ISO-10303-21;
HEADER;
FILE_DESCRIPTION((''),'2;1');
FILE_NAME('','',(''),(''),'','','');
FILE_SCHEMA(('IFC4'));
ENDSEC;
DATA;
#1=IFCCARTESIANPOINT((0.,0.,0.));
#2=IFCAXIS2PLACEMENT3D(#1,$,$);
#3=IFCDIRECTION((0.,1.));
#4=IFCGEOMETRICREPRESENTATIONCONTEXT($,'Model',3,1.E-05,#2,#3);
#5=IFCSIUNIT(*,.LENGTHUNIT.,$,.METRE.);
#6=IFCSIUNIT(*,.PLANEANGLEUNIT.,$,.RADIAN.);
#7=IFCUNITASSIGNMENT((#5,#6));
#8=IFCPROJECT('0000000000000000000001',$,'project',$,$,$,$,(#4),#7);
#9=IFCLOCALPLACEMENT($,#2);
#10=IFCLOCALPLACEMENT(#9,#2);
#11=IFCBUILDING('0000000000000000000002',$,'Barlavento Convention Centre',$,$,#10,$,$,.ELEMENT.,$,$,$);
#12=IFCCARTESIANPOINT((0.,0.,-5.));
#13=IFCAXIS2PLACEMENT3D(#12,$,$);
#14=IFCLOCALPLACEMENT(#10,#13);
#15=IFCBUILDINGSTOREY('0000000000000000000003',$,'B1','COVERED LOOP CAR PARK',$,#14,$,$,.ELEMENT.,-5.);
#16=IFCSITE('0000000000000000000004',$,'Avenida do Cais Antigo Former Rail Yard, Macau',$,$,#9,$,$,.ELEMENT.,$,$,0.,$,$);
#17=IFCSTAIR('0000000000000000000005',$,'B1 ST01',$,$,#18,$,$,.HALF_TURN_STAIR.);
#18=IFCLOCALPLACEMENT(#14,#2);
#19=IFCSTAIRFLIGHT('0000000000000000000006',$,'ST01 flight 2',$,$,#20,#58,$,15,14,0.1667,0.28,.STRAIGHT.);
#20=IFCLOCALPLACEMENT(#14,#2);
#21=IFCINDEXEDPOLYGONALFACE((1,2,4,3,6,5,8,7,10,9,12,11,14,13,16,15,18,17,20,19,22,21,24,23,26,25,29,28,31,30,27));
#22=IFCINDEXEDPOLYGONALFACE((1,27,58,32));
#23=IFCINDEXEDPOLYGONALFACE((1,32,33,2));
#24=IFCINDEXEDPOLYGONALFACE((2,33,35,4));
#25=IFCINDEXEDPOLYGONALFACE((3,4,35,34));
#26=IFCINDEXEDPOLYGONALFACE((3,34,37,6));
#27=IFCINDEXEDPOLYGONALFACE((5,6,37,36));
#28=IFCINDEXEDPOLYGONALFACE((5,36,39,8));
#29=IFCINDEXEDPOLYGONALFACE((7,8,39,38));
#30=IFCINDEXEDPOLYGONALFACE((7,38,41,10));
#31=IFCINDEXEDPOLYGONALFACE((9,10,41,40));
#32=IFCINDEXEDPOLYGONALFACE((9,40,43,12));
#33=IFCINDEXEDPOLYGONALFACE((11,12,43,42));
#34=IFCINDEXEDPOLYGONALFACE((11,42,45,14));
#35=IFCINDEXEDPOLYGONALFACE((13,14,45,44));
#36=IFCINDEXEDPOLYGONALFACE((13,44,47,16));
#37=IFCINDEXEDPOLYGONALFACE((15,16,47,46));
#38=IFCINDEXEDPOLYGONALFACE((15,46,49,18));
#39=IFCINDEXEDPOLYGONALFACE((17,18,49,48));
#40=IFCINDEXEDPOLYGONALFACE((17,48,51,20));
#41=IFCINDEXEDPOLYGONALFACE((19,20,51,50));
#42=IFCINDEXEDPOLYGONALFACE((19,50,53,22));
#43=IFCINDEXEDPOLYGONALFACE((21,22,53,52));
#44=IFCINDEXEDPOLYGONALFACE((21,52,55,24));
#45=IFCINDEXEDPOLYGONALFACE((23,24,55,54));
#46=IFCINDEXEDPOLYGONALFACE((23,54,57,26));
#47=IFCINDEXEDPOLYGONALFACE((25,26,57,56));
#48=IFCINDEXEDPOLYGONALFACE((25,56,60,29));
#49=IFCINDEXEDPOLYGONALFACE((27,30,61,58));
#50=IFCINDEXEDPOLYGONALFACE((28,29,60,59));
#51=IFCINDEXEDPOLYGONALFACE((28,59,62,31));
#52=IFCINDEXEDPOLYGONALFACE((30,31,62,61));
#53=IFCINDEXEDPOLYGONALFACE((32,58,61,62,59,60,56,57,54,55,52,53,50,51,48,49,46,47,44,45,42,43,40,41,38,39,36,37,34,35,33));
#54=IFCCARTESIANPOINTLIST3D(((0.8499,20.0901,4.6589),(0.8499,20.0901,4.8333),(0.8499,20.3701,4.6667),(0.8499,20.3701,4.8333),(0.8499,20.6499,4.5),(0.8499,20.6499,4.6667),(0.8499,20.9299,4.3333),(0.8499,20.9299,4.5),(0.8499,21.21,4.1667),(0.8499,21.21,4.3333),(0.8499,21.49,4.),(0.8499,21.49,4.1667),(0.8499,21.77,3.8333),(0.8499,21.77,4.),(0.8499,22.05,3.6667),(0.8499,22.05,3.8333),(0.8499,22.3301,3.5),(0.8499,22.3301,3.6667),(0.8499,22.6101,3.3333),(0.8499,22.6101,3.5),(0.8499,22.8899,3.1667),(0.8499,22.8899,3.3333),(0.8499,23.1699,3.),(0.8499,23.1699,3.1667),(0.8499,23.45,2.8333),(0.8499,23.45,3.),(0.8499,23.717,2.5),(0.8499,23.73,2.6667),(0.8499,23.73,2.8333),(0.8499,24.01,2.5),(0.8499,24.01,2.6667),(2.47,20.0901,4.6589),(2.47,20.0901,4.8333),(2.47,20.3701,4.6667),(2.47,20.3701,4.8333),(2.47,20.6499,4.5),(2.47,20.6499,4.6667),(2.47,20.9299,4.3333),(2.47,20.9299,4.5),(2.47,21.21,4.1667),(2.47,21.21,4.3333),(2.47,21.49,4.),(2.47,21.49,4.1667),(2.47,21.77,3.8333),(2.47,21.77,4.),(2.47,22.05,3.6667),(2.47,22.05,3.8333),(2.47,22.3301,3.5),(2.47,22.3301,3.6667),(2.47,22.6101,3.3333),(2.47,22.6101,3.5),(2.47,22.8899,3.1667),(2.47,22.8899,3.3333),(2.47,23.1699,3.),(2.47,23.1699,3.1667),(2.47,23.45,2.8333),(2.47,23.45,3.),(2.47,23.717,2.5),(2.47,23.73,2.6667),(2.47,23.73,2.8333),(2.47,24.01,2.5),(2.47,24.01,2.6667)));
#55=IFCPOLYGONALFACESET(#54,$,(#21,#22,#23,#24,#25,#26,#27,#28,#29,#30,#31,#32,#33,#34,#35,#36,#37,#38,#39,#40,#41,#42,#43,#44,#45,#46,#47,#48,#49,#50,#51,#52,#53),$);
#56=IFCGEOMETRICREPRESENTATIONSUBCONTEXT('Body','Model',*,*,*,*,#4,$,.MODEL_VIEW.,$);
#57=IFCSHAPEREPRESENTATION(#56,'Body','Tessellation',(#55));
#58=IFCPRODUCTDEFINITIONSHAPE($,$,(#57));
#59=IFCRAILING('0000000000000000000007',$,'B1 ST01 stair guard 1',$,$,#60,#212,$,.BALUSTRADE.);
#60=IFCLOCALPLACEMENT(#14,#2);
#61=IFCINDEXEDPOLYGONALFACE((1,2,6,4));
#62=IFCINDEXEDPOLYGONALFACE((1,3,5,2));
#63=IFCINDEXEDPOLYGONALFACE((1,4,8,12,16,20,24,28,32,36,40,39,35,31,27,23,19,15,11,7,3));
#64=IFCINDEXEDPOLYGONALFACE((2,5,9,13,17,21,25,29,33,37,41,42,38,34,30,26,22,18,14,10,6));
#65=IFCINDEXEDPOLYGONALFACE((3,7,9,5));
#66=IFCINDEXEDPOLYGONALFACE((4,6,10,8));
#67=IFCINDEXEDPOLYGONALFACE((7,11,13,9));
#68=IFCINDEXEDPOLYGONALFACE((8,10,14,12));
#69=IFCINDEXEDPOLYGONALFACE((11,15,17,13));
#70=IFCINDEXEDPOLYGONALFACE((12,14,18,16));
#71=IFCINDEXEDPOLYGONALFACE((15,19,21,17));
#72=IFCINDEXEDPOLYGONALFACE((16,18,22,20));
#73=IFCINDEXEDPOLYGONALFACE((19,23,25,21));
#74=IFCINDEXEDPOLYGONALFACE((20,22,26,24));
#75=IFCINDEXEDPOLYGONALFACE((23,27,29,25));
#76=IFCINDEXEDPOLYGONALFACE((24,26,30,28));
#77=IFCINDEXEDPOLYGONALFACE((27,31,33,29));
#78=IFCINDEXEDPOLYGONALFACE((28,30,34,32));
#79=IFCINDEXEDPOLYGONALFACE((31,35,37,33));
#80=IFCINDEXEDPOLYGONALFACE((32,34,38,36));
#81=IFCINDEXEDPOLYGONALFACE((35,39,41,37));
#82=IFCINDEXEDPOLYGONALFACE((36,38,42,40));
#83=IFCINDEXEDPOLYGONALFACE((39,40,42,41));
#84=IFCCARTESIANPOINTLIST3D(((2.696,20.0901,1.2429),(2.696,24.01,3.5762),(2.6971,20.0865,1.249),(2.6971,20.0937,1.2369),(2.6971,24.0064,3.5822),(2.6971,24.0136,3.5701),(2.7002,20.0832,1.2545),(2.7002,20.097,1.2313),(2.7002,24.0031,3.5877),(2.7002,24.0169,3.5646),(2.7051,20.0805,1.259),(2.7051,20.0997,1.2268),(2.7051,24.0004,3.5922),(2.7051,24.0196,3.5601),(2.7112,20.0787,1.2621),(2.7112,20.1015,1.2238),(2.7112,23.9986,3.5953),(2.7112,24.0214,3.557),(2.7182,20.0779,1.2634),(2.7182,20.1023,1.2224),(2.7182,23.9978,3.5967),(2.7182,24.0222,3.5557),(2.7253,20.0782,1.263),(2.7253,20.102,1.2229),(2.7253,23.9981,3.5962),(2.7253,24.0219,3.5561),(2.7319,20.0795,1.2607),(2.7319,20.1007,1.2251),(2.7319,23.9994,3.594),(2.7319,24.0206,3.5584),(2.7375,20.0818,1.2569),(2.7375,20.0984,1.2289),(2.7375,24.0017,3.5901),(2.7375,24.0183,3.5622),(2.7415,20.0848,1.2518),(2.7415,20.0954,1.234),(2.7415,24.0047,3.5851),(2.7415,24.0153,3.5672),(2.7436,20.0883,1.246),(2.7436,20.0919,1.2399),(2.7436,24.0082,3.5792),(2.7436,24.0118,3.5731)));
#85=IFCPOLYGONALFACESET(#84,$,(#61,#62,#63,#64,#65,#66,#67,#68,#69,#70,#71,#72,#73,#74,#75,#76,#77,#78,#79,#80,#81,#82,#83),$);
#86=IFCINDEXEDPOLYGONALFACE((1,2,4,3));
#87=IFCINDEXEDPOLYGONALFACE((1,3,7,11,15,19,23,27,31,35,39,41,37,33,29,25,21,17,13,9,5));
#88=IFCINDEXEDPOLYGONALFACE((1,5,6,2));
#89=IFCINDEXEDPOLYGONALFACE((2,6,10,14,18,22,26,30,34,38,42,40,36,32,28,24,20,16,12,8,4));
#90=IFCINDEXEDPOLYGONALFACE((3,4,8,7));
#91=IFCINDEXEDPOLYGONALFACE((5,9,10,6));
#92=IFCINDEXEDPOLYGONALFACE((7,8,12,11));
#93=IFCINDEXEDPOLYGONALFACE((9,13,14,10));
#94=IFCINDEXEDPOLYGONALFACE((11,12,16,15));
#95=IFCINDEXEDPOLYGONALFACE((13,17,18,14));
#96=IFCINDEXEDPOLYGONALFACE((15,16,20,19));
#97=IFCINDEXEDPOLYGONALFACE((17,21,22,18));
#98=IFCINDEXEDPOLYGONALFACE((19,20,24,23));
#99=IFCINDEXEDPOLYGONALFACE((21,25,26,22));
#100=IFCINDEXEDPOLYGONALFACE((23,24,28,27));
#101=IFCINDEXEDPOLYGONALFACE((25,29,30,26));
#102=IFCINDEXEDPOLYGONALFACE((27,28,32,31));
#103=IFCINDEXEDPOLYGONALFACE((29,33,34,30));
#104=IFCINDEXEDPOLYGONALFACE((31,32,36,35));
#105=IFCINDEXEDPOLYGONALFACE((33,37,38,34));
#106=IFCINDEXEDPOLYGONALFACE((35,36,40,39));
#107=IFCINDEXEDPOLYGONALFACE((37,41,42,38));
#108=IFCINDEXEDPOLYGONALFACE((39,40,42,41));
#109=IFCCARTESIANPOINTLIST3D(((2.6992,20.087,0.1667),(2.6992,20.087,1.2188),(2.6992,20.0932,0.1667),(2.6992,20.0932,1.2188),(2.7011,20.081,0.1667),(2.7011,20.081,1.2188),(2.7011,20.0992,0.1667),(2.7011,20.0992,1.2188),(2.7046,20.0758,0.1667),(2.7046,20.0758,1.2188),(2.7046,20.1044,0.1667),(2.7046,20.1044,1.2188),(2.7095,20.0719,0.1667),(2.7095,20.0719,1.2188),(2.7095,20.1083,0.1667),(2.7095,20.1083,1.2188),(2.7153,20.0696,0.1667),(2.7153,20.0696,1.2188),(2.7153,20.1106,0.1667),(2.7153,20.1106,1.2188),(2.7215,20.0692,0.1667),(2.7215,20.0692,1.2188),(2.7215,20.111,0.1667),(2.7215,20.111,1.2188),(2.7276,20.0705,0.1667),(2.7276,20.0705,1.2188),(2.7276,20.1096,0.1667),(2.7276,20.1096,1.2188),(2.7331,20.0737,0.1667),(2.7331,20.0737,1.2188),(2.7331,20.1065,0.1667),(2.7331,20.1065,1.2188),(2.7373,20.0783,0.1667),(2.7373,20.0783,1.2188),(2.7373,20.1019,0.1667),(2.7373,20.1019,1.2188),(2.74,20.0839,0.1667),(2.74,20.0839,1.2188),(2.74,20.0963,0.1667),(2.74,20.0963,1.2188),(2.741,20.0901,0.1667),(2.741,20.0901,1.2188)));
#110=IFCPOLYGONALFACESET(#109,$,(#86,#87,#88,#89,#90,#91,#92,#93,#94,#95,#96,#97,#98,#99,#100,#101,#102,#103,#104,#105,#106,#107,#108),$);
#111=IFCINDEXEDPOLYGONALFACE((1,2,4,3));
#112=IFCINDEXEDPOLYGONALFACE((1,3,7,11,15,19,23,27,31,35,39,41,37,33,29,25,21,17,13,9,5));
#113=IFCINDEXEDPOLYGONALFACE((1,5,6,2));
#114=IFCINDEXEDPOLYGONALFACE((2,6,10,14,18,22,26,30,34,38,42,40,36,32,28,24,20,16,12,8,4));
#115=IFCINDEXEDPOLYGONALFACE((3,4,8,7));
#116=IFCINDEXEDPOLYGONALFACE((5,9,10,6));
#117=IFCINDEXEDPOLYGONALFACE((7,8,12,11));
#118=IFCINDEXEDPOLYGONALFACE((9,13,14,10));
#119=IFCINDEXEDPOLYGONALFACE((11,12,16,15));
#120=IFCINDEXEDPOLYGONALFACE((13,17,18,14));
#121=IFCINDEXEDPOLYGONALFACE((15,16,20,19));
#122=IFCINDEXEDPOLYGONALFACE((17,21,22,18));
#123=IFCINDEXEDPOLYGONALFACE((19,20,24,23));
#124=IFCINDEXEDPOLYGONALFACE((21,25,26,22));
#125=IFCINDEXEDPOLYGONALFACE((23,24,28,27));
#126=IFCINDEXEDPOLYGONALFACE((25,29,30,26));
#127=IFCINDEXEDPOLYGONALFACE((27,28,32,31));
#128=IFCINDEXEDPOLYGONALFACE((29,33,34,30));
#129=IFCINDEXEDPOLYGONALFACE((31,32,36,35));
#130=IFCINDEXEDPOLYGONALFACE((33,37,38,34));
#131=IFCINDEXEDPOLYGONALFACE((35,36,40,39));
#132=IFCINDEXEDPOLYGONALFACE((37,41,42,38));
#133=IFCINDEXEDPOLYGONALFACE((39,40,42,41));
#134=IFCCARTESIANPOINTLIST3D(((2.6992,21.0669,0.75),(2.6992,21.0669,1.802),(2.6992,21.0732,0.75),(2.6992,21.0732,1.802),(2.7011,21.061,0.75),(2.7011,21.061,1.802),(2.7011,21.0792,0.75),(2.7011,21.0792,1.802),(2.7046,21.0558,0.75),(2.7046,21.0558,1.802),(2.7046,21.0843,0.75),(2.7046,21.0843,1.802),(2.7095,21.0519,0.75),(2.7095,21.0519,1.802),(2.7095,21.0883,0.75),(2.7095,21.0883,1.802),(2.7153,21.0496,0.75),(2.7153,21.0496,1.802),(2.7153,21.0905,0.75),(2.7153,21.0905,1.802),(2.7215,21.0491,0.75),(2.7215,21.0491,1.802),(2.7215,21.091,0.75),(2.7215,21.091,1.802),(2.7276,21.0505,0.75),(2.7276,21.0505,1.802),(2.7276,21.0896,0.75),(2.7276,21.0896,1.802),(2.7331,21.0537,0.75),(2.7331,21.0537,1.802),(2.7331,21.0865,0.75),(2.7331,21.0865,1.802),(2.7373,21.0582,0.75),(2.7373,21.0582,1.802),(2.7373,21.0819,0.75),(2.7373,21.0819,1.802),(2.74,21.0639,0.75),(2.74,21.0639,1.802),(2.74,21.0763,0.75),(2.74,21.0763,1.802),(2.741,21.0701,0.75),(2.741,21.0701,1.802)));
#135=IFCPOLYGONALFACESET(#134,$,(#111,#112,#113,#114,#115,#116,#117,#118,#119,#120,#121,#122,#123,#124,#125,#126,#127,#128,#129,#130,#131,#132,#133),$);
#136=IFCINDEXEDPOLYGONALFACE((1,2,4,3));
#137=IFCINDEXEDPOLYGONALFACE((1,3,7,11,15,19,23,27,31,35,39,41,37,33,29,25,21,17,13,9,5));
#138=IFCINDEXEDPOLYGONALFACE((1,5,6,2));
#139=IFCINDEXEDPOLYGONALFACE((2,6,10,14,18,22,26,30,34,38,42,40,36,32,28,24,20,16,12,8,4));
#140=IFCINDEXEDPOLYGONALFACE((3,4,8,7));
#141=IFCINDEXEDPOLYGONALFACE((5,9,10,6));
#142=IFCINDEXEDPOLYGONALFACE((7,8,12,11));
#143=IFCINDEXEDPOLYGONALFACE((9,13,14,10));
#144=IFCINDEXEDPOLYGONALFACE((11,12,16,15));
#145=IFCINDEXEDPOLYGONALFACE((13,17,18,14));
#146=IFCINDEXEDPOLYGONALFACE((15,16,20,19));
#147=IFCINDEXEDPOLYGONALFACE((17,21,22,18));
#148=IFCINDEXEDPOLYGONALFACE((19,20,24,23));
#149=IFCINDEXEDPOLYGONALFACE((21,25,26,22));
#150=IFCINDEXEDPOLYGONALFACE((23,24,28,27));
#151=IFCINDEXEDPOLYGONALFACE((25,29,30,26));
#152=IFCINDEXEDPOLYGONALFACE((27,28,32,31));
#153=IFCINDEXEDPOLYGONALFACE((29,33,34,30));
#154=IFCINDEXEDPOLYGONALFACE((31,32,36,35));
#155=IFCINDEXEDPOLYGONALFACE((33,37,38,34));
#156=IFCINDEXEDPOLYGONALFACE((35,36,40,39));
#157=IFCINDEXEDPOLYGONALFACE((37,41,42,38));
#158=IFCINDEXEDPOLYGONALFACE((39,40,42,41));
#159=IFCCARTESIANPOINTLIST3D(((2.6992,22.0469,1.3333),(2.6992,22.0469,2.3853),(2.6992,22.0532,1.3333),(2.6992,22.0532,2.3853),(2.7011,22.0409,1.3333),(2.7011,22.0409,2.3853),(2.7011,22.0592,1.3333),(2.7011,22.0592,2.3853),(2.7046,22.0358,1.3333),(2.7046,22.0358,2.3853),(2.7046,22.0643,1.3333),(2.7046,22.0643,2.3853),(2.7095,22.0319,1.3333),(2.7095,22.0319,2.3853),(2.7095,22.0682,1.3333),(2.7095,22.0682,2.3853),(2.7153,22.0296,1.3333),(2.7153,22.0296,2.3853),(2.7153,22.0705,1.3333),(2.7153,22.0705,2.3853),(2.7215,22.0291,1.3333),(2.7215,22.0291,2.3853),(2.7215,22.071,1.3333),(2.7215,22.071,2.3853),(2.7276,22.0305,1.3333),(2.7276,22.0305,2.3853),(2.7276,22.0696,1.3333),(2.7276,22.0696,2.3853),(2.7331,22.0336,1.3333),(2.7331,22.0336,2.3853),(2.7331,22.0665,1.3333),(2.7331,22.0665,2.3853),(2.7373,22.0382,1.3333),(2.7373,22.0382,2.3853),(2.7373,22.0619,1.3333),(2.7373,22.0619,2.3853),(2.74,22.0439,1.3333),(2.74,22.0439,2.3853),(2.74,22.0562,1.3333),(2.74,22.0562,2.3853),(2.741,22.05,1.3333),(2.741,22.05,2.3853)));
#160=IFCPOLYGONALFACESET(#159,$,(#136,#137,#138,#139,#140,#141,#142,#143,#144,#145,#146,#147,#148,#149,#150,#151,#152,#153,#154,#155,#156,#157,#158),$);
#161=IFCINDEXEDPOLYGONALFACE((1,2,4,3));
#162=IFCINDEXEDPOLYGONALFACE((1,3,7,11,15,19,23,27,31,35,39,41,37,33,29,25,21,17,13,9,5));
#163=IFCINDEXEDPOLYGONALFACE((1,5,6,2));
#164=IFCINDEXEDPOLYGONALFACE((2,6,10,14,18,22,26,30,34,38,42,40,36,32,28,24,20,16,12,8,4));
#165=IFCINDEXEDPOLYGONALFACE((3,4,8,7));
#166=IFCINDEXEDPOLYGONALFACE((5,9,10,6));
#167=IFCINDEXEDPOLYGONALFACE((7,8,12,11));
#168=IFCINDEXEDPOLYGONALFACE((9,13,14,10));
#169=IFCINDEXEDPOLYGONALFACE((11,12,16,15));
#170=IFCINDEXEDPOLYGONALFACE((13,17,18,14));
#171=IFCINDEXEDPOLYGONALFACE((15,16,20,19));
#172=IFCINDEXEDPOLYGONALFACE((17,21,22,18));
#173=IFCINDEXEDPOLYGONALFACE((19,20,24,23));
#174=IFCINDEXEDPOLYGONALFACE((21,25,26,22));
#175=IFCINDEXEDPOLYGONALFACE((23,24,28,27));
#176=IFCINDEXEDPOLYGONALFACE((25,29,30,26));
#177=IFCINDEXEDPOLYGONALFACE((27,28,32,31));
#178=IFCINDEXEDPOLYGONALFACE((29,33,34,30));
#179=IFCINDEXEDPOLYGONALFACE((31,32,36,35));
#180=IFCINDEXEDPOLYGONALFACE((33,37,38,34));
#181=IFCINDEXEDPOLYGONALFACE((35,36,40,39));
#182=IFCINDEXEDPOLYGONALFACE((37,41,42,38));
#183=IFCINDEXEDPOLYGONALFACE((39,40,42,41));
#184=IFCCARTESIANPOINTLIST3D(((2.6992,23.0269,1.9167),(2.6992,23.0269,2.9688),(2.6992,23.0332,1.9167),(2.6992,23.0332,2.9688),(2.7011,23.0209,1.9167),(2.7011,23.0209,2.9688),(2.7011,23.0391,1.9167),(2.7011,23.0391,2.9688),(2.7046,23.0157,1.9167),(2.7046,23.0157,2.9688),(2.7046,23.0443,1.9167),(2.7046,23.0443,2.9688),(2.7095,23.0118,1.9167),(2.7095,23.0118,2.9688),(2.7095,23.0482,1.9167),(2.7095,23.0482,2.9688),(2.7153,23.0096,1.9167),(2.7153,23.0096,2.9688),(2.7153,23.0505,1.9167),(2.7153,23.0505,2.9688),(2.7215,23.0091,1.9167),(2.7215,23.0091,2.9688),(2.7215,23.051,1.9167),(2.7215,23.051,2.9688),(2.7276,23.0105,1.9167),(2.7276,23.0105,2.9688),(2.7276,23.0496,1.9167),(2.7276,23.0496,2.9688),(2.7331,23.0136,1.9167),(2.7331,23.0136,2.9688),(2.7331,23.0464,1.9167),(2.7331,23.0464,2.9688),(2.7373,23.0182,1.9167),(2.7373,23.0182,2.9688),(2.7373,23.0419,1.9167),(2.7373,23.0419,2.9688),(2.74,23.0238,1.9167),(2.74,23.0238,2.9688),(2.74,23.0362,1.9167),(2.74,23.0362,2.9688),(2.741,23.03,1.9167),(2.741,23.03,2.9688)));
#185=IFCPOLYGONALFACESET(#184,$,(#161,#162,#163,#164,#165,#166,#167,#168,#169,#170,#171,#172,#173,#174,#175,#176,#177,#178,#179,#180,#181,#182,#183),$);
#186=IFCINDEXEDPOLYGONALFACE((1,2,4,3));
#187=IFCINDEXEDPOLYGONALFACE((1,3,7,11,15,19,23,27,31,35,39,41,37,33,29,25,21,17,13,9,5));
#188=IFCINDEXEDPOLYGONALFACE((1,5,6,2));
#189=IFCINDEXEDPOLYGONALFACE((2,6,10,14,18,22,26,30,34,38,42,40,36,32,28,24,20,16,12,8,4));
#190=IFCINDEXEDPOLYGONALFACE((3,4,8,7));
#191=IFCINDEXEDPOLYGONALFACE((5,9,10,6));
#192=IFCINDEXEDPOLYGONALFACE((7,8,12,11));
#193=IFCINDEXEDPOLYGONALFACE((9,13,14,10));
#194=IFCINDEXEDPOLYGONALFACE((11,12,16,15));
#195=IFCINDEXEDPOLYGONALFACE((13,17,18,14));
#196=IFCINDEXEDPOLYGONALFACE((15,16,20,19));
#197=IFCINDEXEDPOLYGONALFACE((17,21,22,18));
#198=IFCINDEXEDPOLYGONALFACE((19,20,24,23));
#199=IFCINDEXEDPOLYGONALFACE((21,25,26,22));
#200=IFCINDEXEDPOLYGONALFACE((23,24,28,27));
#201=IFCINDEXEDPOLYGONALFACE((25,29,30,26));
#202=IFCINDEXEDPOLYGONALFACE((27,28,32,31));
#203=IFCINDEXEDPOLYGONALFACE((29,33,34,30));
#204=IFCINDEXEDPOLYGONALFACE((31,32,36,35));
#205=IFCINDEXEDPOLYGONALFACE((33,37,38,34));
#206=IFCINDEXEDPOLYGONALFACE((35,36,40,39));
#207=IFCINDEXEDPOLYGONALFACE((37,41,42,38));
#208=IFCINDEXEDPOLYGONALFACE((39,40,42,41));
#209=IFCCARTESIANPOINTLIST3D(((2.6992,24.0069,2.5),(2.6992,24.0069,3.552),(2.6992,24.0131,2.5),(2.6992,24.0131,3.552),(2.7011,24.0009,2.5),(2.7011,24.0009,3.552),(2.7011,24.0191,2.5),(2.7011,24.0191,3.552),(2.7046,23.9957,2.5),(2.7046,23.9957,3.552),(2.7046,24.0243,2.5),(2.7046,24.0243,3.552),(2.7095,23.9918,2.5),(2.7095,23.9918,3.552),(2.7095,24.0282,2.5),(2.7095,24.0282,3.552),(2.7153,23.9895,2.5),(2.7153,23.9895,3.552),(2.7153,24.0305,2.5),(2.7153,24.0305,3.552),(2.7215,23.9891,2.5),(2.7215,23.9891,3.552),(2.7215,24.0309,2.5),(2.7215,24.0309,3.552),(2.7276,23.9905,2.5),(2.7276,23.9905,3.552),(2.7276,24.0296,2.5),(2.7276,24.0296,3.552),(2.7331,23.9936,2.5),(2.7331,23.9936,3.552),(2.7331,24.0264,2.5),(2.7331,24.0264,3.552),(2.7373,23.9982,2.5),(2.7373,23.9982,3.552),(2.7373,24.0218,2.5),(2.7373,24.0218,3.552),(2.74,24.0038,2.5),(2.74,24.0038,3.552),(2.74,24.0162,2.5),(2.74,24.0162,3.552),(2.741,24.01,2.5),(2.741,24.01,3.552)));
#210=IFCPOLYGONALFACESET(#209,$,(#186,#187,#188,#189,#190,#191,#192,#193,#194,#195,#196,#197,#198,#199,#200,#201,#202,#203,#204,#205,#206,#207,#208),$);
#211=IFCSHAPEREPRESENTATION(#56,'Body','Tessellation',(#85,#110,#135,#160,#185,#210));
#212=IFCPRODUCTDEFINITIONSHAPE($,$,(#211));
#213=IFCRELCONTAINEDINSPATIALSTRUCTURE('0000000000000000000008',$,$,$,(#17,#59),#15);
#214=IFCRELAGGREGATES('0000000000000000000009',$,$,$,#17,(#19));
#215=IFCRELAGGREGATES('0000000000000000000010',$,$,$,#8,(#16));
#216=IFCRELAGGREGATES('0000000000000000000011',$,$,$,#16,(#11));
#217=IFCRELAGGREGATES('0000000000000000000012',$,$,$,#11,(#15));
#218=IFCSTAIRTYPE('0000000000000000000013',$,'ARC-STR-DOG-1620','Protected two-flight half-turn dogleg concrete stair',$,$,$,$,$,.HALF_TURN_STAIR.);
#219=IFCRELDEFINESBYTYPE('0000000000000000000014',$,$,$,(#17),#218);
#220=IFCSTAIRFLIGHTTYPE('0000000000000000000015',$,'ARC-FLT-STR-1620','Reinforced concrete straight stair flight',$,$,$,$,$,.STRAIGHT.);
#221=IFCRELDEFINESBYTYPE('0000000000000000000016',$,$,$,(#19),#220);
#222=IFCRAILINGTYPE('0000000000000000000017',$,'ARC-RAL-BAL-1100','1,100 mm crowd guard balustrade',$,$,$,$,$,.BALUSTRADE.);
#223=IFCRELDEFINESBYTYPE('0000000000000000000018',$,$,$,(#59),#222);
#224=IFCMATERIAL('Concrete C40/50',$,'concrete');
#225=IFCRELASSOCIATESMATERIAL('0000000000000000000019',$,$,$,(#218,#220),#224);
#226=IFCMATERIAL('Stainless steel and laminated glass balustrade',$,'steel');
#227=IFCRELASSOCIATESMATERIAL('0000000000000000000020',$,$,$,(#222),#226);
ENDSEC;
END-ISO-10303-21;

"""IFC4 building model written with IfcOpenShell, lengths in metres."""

from ifc_helpers import new_model, si_unit, direction, frame, origin, origin_2d, place, context, subcontext, project, spatial, polyline, circle, outline, extrude, material, type_object, element, aggregate, save


model = new_model("IFC4")

# Units and contexts
model_context = context("Model", 3, precision=1e-05, world=origin(), true_north=direction((0.0, 1.0)))
body_context = subcontext(model_context, "Body", "Model", "MODEL_VIEW")
ifc_project = project(units=[si_unit("LENGTHUNIT", "METRE"), si_unit("PLANEANGLEUNIT", "RADIAN")], contexts=[model_context])

# Site, building, storey
site_placement = place(None, origin())
site = spatial("IfcSite", under=ifc_project, at=site_placement, Name="Avenida do Cais Antigo Former Rail Yard, Macau", CompositionType="ELEMENT", RefElevation=0.0)
building_placement = place(site_placement, origin())
building = spatial("IfcBuilding", under=site, at=building_placement, Name="Barlavento Convention Centre", CompositionType="ELEMENT")
storey_placement = place(building_placement, frame((0.0, 0.0, -5.0)))
storey = spatial("IfcBuildingStorey", under=building, at=storey_placement, Name="B1", Description="COVERED LOOP CAR PARK", CompositionType="ELEMENT", Elevation=-5.0)

# Shared definitions
ifc_material_1 = material(Name="Concrete C40/50", Category="concrete")

# Stair, stair flight
stair_type = type_object("IfcStairType", Name="ARC-STR-DOG-1620", Description="Protected two-flight half-turn dogleg concrete stair", PredefinedType="HALF_TURN_STAIR", material=ifc_material_1)
stair_placement = place(storey_placement, origin())
stair = element("IfcStair", 1, at=stair_placement, inside=storey, type_object=stair_type, Name="B1 ST01", PredefinedType="HALF_TURN_STAIR")
stair_flight_type = type_object("IfcStairFlightType", Name="ARC-FLT-STR-1620", Description="Reinforced concrete straight stair flight", PredefinedType="STRAIGHT", material=ifc_material_1)
stair_flight_1_placement = place(storey_placement, frame((1.6599, 24.01, 2.5), z_axis=(0.0, 0.0, 1.0), x_axis=(0.0, -1.0, 0.0)))
stair_flight_1 = element("IfcStairFlight", 2, at=stair_flight_1_placement, type_object=stair_flight_type, Name="ST01 flight 2", NumberOfRisers=15, NumberOfTreads=14, PredefinedType="STRAIGHT", RiserHeight=0.1667, TreadLength=0.28, context=body_context, shape_type="SweptSolid", body=[
    extrude(outline(polyline([(0.0, 0.0), (0.0, 0.1667), (0.28, 0.1667), (0.28, 0.3333), (0.5601, 0.3333), (0.5601, 0.5), (0.8401, 0.5), (0.8401, 0.6667), (1.1201, 0.6667), (1.1201, 0.8333), (1.3999, 0.8333), (1.3999, 1.0), (1.6799, 1.0), (1.6799, 1.1667), (1.96, 1.1667), (1.96, 1.3333), (2.24, 1.3333), (2.24, 1.5), (2.52, 1.5), (2.52, 1.6667), (2.8, 1.6667), (2.8, 1.8333), (3.0801, 1.8333), (3.0801, 2.0), (3.3601, 2.0), (3.3601, 2.1667), (3.6399, 2.1667), (3.6399, 2.3333), (3.9199, 2.3333), (3.9199, 2.5), (3.9199, 2.1589), (0.293, 0.0), (0.0, 0.0)])), frame((0.0, 0.8101, 0.0), z_axis=(0.0, -1.0, 0.0), x_axis=(1.0, 0.0, 0.0)), (0.0, 0.0, 1.0), 1.6201),
])
aggregate(stair, [stair_flight_1])

# Railing
ifc_material_2 = material(Name="Stainless steel and laminated glass balustrade", Category="steel")
railing_type_1 = type_object("IfcRailingType", Name="ARC-RAL-BAL-1100", Description="1,100 mm crowd guard balustrade", PredefinedType="BALUSTRADE", material=ifc_material_2)
railing_1_placement = place(storey_placement, frame((2.72, 20.0901, 0.1667)))
element("IfcRailing", 3, at=railing_1_placement, inside=storey, type_object=railing_type_1, Name="B1 ST01 stair guard 1", PredefinedType="BALUSTRADE", context=body_context, shape_type="SweptSolid", body=[
    extrude(circle(Radius=0.0239, at=origin_2d()), frame((0.0, 0.0, 1.0762), z_axis=(0.0, 0.859296, 0.511478), x_axis=(-1.0, 0.0, 0.0)), (0.0, 0.0, 1.0), 4.5618),
    extrude(circle(Radius=0.021, at=origin_2d()), origin(), (0.0, 0.0, 1.0), 1.052),
    extrude(circle(Radius=0.021, at=origin_2d()), frame((0.0, 0.98, 0.5833)), (0.0, 0.0, 1.0), 1.052),
    extrude(circle(Radius=0.021, at=origin_2d()), frame((0.0, 1.96, 1.1665)), (0.0, 0.0, 1.0), 1.052),
    extrude(circle(Radius=0.021, at=origin_2d()), frame((0.0, 2.9399, 1.75)), (0.0, 0.0, 1.0), 1.052),
    extrude(circle(Radius=0.021, at=origin_2d()), frame((0.0, 3.9199, 2.3333)), (0.0, 0.0, 1.0), 1.052),
])

save(model, "model.ifc")
